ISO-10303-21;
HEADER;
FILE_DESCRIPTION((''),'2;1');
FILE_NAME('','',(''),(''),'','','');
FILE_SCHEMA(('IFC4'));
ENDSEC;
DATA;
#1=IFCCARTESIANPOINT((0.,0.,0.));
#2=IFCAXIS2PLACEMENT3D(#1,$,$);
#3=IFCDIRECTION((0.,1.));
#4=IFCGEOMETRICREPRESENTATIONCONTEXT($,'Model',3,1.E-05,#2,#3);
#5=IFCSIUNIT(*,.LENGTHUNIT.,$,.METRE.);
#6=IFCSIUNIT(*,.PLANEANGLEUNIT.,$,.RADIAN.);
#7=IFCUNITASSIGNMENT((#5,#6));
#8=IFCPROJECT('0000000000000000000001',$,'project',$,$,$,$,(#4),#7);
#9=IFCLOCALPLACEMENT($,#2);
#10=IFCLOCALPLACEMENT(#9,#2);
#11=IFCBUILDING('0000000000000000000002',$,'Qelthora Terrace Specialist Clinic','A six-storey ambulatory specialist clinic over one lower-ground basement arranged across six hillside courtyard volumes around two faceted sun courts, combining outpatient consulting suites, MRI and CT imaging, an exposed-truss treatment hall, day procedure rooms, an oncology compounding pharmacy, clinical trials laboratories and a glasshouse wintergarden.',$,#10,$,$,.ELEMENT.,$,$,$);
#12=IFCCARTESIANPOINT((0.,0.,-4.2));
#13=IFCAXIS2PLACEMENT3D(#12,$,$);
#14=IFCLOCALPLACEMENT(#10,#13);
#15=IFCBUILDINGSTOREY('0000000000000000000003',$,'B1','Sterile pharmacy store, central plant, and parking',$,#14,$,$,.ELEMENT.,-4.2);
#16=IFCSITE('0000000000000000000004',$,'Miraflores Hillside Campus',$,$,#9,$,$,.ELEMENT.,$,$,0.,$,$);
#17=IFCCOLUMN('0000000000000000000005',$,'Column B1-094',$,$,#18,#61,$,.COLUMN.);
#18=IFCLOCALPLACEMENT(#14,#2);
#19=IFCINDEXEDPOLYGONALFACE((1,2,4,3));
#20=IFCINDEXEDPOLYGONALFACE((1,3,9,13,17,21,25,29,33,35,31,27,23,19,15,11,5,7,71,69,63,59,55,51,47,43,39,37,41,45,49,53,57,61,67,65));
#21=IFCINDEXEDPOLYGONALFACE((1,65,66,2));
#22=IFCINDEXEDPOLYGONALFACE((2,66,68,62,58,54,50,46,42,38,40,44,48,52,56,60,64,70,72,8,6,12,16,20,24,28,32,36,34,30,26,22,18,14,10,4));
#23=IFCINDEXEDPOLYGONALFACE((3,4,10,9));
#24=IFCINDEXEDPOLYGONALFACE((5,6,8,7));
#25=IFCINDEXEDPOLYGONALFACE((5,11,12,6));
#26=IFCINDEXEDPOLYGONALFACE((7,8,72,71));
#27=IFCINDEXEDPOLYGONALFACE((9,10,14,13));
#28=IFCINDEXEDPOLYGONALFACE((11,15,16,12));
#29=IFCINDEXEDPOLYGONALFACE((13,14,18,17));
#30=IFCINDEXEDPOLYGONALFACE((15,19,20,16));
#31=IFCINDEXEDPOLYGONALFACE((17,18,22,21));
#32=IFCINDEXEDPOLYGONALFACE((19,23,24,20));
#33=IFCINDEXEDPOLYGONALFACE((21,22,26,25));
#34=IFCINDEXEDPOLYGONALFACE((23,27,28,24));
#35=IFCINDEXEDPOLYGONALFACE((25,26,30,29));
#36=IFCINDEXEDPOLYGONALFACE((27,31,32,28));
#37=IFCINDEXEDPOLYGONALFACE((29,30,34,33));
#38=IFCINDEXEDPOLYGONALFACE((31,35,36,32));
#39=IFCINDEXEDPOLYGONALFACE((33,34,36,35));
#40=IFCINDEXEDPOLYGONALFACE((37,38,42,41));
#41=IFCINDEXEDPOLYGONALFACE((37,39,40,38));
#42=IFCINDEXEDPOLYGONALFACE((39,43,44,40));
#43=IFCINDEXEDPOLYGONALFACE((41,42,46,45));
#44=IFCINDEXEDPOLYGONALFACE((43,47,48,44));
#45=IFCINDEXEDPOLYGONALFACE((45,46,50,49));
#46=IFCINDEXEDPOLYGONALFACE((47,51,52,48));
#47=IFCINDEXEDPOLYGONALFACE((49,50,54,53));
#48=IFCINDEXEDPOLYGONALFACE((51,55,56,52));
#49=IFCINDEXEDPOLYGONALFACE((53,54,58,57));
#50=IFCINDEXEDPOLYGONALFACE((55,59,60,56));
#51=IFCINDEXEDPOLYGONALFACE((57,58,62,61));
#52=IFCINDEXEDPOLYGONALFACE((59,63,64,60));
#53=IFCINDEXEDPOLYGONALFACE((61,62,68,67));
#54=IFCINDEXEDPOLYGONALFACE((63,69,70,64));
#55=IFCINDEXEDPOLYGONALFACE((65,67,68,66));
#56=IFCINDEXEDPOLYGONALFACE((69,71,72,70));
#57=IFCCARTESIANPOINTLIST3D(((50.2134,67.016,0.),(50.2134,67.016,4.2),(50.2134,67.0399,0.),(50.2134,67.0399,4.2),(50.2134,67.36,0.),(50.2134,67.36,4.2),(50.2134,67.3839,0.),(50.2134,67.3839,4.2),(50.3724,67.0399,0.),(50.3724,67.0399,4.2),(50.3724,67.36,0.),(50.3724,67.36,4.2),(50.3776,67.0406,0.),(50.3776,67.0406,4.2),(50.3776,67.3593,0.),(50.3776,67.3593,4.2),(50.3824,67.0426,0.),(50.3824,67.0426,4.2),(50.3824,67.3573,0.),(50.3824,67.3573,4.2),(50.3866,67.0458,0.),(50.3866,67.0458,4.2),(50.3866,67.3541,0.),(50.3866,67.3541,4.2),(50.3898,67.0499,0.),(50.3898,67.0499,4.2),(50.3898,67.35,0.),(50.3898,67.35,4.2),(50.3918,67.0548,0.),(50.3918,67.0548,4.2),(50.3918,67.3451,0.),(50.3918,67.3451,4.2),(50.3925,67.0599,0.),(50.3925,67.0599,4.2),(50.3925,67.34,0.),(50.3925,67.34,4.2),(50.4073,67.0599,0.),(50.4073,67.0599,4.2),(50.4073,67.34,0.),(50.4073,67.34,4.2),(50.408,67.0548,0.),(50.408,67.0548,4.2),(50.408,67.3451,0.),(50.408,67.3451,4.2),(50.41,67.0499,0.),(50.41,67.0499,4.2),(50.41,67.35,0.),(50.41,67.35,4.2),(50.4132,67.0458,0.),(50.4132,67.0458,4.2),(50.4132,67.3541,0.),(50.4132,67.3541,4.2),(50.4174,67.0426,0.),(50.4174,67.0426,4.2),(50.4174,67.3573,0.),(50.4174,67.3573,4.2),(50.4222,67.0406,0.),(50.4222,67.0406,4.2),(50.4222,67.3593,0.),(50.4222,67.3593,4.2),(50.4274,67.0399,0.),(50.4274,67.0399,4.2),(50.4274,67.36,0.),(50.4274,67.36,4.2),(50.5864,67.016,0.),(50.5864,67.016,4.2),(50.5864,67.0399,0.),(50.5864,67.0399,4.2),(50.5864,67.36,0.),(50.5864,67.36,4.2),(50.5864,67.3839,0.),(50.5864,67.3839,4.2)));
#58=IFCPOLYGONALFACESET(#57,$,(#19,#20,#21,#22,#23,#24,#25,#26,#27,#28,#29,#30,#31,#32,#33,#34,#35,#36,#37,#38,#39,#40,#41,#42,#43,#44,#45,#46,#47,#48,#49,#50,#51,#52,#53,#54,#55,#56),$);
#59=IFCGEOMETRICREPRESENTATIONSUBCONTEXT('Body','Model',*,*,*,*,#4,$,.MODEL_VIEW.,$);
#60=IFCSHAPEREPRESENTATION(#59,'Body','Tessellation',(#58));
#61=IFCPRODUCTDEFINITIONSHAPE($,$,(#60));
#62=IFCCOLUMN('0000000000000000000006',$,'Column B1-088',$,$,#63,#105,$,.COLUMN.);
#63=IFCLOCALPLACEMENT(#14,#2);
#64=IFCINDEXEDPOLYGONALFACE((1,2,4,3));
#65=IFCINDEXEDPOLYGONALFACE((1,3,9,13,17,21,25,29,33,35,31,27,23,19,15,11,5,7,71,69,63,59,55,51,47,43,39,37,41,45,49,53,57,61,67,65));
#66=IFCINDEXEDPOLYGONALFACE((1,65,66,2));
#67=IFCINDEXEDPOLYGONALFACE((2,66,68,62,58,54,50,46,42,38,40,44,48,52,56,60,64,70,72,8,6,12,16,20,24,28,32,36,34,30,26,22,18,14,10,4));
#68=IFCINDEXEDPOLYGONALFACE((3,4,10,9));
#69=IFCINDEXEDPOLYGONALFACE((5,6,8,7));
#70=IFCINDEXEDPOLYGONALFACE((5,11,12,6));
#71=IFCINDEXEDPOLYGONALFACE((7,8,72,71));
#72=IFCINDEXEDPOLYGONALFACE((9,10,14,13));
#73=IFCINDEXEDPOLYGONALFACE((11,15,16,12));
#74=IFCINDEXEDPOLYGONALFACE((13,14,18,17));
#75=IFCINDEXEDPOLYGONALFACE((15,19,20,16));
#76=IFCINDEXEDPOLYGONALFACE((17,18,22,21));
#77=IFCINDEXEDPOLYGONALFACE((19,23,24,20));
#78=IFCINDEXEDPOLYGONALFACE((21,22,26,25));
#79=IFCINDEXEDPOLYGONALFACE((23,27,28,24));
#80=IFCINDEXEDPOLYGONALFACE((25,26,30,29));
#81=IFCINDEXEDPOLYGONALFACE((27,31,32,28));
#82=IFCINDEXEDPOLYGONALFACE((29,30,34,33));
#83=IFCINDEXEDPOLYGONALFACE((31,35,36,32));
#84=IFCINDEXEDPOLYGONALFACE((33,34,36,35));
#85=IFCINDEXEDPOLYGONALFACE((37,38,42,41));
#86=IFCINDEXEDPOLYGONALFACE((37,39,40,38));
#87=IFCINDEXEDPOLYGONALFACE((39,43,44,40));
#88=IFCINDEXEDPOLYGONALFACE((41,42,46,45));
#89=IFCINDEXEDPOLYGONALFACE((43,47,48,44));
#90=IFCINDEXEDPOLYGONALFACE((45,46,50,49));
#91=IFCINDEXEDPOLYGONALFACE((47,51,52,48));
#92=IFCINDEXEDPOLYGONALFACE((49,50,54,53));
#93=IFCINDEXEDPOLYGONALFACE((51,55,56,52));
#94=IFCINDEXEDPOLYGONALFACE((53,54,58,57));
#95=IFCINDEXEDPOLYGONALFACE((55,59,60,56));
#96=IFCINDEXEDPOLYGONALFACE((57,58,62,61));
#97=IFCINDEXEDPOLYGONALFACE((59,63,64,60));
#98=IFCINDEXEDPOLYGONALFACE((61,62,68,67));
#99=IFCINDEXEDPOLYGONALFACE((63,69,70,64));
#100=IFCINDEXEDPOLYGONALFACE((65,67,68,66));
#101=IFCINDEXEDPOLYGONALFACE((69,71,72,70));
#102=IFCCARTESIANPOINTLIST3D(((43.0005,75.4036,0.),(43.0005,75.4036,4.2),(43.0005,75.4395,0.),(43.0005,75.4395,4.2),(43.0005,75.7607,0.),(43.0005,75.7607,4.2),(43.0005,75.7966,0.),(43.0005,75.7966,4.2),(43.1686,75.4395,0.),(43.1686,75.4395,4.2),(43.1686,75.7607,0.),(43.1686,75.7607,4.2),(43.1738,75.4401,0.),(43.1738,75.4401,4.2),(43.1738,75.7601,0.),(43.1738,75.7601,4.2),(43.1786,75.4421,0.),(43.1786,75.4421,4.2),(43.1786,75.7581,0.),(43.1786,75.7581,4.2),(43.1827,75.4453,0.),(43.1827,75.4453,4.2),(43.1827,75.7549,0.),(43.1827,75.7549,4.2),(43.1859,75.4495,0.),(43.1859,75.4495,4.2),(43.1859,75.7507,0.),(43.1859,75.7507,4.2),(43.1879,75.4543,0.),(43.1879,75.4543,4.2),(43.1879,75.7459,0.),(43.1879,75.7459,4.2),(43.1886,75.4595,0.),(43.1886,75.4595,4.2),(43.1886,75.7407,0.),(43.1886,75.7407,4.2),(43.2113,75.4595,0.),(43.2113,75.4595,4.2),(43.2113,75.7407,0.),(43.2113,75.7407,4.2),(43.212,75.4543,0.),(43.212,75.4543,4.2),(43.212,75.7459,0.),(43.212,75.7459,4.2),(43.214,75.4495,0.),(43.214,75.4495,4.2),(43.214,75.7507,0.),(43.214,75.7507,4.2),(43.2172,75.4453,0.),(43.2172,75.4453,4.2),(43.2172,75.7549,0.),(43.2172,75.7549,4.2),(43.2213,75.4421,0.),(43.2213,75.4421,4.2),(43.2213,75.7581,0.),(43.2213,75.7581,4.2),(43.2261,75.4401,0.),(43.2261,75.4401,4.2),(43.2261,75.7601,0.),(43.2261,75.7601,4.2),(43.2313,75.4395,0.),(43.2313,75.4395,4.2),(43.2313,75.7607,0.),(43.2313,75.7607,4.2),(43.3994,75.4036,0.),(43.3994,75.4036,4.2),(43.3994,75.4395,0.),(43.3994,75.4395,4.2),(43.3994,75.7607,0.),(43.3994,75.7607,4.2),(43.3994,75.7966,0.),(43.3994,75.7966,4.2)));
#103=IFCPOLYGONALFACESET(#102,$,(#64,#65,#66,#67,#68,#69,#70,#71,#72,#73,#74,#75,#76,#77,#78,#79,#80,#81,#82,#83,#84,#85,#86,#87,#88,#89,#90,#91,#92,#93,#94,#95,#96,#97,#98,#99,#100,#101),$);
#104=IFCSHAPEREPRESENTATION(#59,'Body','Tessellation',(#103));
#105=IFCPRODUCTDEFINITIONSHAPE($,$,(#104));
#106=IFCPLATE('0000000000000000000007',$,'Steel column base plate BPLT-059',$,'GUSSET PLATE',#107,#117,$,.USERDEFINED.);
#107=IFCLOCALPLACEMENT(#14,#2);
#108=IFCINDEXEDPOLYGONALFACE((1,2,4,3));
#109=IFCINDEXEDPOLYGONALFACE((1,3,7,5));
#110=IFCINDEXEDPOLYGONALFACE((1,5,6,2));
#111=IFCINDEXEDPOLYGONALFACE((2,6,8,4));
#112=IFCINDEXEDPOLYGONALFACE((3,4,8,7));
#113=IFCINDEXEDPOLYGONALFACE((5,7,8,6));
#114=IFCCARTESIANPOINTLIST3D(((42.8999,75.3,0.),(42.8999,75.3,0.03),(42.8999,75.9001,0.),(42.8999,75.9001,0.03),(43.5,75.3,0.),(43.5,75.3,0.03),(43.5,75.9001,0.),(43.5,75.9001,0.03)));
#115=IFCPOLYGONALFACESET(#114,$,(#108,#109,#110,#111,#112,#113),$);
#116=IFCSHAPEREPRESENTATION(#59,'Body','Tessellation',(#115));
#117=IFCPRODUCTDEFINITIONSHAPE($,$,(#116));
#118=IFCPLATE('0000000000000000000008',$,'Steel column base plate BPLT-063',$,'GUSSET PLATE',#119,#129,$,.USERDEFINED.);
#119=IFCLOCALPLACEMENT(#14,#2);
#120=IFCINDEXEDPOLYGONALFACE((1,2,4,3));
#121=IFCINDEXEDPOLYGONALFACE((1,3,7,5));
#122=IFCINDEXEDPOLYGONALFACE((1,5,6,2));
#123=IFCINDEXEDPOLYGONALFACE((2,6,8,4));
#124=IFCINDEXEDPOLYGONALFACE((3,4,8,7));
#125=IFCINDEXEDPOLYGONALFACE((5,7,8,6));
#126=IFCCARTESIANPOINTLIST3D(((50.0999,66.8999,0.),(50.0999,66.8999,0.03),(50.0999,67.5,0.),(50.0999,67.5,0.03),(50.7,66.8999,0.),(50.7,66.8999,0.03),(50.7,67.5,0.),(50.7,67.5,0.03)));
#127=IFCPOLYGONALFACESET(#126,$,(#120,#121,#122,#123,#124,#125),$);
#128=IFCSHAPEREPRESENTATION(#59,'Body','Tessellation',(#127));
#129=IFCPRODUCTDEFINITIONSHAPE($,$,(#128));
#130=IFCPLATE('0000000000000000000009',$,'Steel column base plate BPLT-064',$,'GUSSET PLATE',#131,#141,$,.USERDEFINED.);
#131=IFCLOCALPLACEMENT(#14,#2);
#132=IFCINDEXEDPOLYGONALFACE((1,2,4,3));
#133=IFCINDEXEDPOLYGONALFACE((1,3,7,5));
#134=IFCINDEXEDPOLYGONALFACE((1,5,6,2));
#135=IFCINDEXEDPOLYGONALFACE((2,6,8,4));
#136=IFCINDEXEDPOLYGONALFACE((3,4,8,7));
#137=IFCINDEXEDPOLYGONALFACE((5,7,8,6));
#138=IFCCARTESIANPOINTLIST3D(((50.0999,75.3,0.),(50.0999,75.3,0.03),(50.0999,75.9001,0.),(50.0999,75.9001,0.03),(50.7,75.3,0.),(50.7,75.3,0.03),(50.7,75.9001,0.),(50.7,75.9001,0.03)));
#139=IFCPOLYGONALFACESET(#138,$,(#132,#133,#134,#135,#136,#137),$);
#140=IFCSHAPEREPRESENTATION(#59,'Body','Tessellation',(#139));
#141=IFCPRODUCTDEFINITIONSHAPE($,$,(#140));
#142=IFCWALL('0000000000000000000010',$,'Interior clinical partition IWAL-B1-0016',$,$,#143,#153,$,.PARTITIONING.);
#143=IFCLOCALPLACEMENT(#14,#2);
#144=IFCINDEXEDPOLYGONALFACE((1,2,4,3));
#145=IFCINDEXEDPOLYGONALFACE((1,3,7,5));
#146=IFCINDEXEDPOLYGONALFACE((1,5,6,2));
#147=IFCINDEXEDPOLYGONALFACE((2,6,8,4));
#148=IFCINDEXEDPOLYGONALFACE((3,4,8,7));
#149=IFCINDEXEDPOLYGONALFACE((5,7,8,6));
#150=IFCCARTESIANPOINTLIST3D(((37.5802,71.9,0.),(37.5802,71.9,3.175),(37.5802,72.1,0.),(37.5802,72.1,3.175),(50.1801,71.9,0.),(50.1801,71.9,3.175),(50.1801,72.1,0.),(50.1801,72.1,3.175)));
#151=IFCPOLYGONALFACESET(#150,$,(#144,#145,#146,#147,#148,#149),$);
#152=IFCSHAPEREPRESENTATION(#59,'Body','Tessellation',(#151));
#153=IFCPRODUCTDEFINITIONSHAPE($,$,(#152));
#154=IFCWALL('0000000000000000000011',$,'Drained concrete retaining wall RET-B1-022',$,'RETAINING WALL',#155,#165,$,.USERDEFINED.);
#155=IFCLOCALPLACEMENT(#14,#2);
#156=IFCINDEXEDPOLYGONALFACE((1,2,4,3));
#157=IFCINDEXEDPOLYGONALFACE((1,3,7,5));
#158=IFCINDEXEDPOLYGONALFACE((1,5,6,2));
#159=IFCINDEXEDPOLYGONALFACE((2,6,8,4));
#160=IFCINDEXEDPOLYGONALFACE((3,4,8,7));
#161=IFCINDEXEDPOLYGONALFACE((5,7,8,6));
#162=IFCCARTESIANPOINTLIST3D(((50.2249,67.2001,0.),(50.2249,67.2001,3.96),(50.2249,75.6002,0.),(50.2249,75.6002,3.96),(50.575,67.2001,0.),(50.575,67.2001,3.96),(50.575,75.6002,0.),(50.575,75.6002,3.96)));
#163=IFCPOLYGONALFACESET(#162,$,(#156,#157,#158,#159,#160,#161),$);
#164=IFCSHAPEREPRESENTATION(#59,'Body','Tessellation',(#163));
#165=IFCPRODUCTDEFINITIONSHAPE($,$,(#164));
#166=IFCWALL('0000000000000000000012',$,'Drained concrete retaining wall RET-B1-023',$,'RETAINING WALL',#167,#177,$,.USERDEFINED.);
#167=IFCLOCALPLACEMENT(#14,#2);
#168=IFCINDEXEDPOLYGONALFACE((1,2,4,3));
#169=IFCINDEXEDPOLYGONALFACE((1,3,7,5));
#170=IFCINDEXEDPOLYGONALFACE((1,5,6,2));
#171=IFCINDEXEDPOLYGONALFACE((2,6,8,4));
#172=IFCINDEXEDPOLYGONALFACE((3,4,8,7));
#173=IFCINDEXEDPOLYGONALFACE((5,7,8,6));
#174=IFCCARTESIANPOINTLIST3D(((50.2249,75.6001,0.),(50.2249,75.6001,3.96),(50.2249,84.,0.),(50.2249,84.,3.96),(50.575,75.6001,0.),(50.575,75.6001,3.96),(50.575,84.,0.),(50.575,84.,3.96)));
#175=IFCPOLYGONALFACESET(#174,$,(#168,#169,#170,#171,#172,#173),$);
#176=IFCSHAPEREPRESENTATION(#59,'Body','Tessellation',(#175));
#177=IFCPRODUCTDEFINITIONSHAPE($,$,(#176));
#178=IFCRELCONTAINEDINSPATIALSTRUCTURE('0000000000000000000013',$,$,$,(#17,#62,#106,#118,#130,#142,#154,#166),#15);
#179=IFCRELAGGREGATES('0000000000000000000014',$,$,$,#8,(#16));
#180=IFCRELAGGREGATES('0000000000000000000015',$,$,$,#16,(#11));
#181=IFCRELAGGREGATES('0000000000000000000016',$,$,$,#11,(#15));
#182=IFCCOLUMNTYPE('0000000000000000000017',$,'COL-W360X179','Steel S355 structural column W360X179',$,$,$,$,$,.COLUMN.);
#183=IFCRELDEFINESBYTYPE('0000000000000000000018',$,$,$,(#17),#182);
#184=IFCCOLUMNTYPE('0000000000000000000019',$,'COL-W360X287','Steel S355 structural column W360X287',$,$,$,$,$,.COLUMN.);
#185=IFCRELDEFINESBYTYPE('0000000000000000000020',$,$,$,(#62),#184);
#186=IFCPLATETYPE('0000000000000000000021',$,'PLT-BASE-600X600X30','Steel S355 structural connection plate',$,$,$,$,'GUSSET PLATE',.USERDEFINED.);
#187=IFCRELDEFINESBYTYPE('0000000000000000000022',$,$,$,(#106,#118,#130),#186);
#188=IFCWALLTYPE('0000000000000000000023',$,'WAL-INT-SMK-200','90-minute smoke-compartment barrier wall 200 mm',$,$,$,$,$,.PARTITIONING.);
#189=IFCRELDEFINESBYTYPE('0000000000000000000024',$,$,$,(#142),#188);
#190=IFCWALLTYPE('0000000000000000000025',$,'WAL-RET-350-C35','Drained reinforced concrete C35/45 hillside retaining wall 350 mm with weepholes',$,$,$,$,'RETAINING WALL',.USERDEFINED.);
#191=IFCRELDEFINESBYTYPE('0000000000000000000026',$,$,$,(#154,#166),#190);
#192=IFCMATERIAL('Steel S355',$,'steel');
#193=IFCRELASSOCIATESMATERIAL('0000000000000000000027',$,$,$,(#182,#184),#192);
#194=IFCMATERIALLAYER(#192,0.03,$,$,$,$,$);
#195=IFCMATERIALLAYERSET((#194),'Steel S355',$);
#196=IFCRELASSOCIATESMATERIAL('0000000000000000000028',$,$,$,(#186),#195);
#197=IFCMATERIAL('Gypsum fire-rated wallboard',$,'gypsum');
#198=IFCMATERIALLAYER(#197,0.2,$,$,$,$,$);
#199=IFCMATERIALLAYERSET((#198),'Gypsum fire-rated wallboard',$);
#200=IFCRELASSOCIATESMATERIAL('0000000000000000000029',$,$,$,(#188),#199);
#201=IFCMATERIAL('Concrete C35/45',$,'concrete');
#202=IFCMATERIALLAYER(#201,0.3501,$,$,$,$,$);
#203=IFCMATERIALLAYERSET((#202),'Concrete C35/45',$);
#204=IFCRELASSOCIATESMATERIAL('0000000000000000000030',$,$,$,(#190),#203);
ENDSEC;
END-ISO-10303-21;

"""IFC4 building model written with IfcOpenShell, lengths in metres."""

from ifc_helpers import new_model, si_unit, direction, frame, frame_2d, origin, origin_2d, place, context, subcontext, project, spatial, rectangle, i_section, extrude, material, layer, layer_set, material_profile, profile_set, type_object, element, save


model = new_model("IFC4")

# Units and contexts
model_context = context("Model", 3, precision=1e-05, world=origin(), true_north=direction((0.0, 1.0)))
body_context = subcontext(model_context, "Body", "Model", "MODEL_VIEW")
ifc_project = project(units=[si_unit("LENGTHUNIT", "METRE"), si_unit("PLANEANGLEUNIT", "RADIAN")], contexts=[model_context])

# Site, building, storey
site_placement = place(None, origin())
site = spatial("IfcSite", under=ifc_project, at=site_placement, Name="Miraflores Hillside Campus", CompositionType="ELEMENT", RefElevation=0.0)
building_placement = place(site_placement, origin())
building = spatial("IfcBuilding", under=site, at=building_placement, Name="Qelthora Terrace Specialist Clinic", Description="A six-storey ambulatory specialist clinic over one lower-ground basement arranged across six hillside courtyard volumes around two faceted sun courts, combining outpatient consulting suites, MRI and CT imaging, an exposed-truss treatment hall, day procedure rooms, an oncology compounding pharmacy, clinical trials laboratories and a glasshouse wintergarden.", CompositionType="ELEMENT")
storey_placement = place(building_placement, frame((0.0, 0.0, -4.2)))
storey = spatial("IfcBuildingStorey", under=building, at=storey_placement, Name="B1", Description="Sterile pharmacy store, central plant, and parking", CompositionType="ELEMENT", Elevation=-4.2)

# Shared definitions
ifc_material_1 = material(Name="Concrete C35/45", Category="concrete")

# Columns
ifc_material_2 = material(Name="Steel S355", Category="steel")
ifc_material_profile_1 = material_profile(ifc_material_2, i_section(OverallWidth=0.373, OverallDepth=0.3679, WebThickness=0.0149, FlangeThickness=0.0239, FilletRadius=0.02, at=origin_2d()), Name="W360X179")
ifc_profile_set_1 = profile_set([ifc_material_profile_1], Name="Steel S355")
column_type_1 = type_object("IfcColumnType", Name="COL-W360X179", Description="Steel S355 structural column W360X179", PredefinedType="COLUMN", material=ifc_profile_set_1)
column_1_placement = place(storey_placement, frame((50.3999, 67.2, 0.0), z_axis=(0.0, 0.0, 1.0), x_axis=(1.0, 0.0, 0.0)))
element("IfcColumn", 1, at=column_1_placement, inside=storey, type_object=column_type_1, Name="Column B1-094", PredefinedType="COLUMN", context=body_context, shape_type="SweptSolid", body=[
    extrude(i_section(OverallWidth=0.373, OverallDepth=0.3679, WebThickness=0.0149, FlangeThickness=0.0239, FilletRadius=0.02, at=origin_2d()), origin(), (0.0, 0.0, 1.0), 4.2),
])
ifc_material_profile_2 = material_profile(ifc_material_2, i_section(OverallWidth=0.3989, OverallDepth=0.3931, WebThickness=0.0227, FlangeThickness=0.0359, FilletRadius=0.02, at=origin_2d()), Name="W360X287")
ifc_profile_set_2 = profile_set([ifc_material_profile_2], Name="Steel S355")
column_type_2 = type_object("IfcColumnType", Name="COL-W360X287", Description="Steel S355 structural column W360X287", PredefinedType="COLUMN", material=ifc_profile_set_2)
column_2_placement = place(storey_placement, frame((43.2, 75.6001, 0.0), z_axis=(0.0, 0.0, 1.0), x_axis=(1.0, 0.0, 0.0)))
element("IfcColumn", 2, at=column_2_placement, inside=storey, type_object=column_type_2, Name="Column B1-088", PredefinedType="COLUMN", context=body_context, shape_type="SweptSolid", body=[
    extrude(i_section(OverallWidth=0.3989, OverallDepth=0.3931, WebThickness=0.0227, FlangeThickness=0.0359, FilletRadius=0.02, at=origin_2d()), origin(), (0.0, 0.0, 1.0), 4.2),
])

# Plates
ifc_layer_1 = layer(ifc_material_2, 0.03)
ifc_layer_set_1 = layer_set([ifc_layer_1], Name="Steel S355")
plate_type = type_object("IfcPlateType", Name="PLT-BASE-600X600X30", Description="Steel S355 structural connection plate", ElementType="GUSSET PLATE", PredefinedType="USERDEFINED", material=ifc_layer_set_1)
for number, where, z_axis, x_axis, name in (
    (3, (43.2, 75.6001, 0.0), (0.0, 0.0, 1.0), (1.0, 0.0, 0.0), "Steel column base plate BPLT-059"),
    (4, (50.3999, 67.2, 0.0), (0.0, 0.0, 1.0), (1.0, 0.0, 0.0), "Steel column base plate BPLT-063"),
    (5, (50.3999, 75.6001, 0.0), (0.0, 0.0, 1.0), (1.0, 0.0, 0.0), "Steel column base plate BPLT-064"),
):
    element("IfcPlate", number, at=place(storey_placement, frame(where, z_axis=z_axis, x_axis=x_axis)), inside=storey, type_object=plate_type, Name=name, ObjectType="GUSSET PLATE", PredefinedType="USERDEFINED", context=body_context, shape_type="SweptSolid", body=[
        extrude(rectangle(XDim=0.6001, YDim=0.6001, at=origin_2d()), origin(), (0.0, 0.0, 1.0), 0.03),
    ])

# Walls
ifc_material_3 = material(Name="Gypsum fire-rated wallboard", Category="gypsum")
ifc_layer_2 = layer(ifc_material_3, 0.2)
ifc_layer_set_2 = layer_set([ifc_layer_2], Name="Gypsum fire-rated wallboard")
wall_type_1 = type_object("IfcWallType", Name="WAL-INT-SMK-200", Description="90-minute smoke-compartment barrier wall 200 mm", PredefinedType="PARTITIONING", material=ifc_layer_set_2)
wall_1_placement = place(storey_placement, frame((50.1799, 72.0, 0.0), z_axis=(0.0, 0.0, 1.0), x_axis=(-1.0, 0.0, 0.0)))
element("IfcWall", 6, at=wall_1_placement, inside=storey, type_object=wall_type_1, Name="Interior clinical partition IWAL-B1-0016", PredefinedType="PARTITIONING", context=body_context, shape_type="SweptSolid", body=[
    extrude(rectangle(XDim=12.5999, YDim=0.2, at=frame_2d((6.2998, 0.0))), origin(), (0.0, 0.0, 1.0), 3.175),
])
ifc_layer_3 = layer(ifc_material_1, 0.3501)
ifc_layer_set_3 = layer_set([ifc_layer_3], Name="Concrete C35/45")
wall_type_2 = type_object("IfcWallType", Name="WAL-RET-350-C35", Description="Drained reinforced concrete C35/45 hillside retaining wall 350 mm with weepholes", ElementType="RETAINING WALL", PredefinedType="USERDEFINED", material=ifc_layer_set_3)
wall_2_placement = place(storey_placement, frame((50.3999, 67.2, 0.0), z_axis=(0.0, 0.0, 1.0), x_axis=(0.0, 1.0, 0.0)))
element("IfcWall", 7, at=wall_2_placement, inside=storey, type_object=wall_type_2, Name="Drained concrete retaining wall RET-B1-022", ObjectType="RETAINING WALL", PredefinedType="USERDEFINED", context=body_context, shape_type="SweptSolid", body=[
    extrude(rectangle(XDim=8.4001, YDim=0.3501, at=frame_2d((4.2002, 0.0))), origin(), (0.0, 0.0, 1.0), 3.96),
])
wall_3_placement = place(storey_placement, frame((50.3999, 75.6001, 0.0), z_axis=(0.0, 0.0, 1.0), x_axis=(0.0, 1.0, 0.0)))
element("IfcWall", 8, at=wall_3_placement, inside=storey, type_object=wall_type_2, Name="Drained concrete retaining wall RET-B1-023", ObjectType="RETAINING WALL", PredefinedType="USERDEFINED", context=body_context, shape_type="SweptSolid", body=[
    extrude(rectangle(XDim=8.3999, YDim=0.3501, at=frame_2d((4.2, 0.0))), origin(), (0.0, 0.0, 1.0), 3.96),
])

save(model, "model.ifc")
